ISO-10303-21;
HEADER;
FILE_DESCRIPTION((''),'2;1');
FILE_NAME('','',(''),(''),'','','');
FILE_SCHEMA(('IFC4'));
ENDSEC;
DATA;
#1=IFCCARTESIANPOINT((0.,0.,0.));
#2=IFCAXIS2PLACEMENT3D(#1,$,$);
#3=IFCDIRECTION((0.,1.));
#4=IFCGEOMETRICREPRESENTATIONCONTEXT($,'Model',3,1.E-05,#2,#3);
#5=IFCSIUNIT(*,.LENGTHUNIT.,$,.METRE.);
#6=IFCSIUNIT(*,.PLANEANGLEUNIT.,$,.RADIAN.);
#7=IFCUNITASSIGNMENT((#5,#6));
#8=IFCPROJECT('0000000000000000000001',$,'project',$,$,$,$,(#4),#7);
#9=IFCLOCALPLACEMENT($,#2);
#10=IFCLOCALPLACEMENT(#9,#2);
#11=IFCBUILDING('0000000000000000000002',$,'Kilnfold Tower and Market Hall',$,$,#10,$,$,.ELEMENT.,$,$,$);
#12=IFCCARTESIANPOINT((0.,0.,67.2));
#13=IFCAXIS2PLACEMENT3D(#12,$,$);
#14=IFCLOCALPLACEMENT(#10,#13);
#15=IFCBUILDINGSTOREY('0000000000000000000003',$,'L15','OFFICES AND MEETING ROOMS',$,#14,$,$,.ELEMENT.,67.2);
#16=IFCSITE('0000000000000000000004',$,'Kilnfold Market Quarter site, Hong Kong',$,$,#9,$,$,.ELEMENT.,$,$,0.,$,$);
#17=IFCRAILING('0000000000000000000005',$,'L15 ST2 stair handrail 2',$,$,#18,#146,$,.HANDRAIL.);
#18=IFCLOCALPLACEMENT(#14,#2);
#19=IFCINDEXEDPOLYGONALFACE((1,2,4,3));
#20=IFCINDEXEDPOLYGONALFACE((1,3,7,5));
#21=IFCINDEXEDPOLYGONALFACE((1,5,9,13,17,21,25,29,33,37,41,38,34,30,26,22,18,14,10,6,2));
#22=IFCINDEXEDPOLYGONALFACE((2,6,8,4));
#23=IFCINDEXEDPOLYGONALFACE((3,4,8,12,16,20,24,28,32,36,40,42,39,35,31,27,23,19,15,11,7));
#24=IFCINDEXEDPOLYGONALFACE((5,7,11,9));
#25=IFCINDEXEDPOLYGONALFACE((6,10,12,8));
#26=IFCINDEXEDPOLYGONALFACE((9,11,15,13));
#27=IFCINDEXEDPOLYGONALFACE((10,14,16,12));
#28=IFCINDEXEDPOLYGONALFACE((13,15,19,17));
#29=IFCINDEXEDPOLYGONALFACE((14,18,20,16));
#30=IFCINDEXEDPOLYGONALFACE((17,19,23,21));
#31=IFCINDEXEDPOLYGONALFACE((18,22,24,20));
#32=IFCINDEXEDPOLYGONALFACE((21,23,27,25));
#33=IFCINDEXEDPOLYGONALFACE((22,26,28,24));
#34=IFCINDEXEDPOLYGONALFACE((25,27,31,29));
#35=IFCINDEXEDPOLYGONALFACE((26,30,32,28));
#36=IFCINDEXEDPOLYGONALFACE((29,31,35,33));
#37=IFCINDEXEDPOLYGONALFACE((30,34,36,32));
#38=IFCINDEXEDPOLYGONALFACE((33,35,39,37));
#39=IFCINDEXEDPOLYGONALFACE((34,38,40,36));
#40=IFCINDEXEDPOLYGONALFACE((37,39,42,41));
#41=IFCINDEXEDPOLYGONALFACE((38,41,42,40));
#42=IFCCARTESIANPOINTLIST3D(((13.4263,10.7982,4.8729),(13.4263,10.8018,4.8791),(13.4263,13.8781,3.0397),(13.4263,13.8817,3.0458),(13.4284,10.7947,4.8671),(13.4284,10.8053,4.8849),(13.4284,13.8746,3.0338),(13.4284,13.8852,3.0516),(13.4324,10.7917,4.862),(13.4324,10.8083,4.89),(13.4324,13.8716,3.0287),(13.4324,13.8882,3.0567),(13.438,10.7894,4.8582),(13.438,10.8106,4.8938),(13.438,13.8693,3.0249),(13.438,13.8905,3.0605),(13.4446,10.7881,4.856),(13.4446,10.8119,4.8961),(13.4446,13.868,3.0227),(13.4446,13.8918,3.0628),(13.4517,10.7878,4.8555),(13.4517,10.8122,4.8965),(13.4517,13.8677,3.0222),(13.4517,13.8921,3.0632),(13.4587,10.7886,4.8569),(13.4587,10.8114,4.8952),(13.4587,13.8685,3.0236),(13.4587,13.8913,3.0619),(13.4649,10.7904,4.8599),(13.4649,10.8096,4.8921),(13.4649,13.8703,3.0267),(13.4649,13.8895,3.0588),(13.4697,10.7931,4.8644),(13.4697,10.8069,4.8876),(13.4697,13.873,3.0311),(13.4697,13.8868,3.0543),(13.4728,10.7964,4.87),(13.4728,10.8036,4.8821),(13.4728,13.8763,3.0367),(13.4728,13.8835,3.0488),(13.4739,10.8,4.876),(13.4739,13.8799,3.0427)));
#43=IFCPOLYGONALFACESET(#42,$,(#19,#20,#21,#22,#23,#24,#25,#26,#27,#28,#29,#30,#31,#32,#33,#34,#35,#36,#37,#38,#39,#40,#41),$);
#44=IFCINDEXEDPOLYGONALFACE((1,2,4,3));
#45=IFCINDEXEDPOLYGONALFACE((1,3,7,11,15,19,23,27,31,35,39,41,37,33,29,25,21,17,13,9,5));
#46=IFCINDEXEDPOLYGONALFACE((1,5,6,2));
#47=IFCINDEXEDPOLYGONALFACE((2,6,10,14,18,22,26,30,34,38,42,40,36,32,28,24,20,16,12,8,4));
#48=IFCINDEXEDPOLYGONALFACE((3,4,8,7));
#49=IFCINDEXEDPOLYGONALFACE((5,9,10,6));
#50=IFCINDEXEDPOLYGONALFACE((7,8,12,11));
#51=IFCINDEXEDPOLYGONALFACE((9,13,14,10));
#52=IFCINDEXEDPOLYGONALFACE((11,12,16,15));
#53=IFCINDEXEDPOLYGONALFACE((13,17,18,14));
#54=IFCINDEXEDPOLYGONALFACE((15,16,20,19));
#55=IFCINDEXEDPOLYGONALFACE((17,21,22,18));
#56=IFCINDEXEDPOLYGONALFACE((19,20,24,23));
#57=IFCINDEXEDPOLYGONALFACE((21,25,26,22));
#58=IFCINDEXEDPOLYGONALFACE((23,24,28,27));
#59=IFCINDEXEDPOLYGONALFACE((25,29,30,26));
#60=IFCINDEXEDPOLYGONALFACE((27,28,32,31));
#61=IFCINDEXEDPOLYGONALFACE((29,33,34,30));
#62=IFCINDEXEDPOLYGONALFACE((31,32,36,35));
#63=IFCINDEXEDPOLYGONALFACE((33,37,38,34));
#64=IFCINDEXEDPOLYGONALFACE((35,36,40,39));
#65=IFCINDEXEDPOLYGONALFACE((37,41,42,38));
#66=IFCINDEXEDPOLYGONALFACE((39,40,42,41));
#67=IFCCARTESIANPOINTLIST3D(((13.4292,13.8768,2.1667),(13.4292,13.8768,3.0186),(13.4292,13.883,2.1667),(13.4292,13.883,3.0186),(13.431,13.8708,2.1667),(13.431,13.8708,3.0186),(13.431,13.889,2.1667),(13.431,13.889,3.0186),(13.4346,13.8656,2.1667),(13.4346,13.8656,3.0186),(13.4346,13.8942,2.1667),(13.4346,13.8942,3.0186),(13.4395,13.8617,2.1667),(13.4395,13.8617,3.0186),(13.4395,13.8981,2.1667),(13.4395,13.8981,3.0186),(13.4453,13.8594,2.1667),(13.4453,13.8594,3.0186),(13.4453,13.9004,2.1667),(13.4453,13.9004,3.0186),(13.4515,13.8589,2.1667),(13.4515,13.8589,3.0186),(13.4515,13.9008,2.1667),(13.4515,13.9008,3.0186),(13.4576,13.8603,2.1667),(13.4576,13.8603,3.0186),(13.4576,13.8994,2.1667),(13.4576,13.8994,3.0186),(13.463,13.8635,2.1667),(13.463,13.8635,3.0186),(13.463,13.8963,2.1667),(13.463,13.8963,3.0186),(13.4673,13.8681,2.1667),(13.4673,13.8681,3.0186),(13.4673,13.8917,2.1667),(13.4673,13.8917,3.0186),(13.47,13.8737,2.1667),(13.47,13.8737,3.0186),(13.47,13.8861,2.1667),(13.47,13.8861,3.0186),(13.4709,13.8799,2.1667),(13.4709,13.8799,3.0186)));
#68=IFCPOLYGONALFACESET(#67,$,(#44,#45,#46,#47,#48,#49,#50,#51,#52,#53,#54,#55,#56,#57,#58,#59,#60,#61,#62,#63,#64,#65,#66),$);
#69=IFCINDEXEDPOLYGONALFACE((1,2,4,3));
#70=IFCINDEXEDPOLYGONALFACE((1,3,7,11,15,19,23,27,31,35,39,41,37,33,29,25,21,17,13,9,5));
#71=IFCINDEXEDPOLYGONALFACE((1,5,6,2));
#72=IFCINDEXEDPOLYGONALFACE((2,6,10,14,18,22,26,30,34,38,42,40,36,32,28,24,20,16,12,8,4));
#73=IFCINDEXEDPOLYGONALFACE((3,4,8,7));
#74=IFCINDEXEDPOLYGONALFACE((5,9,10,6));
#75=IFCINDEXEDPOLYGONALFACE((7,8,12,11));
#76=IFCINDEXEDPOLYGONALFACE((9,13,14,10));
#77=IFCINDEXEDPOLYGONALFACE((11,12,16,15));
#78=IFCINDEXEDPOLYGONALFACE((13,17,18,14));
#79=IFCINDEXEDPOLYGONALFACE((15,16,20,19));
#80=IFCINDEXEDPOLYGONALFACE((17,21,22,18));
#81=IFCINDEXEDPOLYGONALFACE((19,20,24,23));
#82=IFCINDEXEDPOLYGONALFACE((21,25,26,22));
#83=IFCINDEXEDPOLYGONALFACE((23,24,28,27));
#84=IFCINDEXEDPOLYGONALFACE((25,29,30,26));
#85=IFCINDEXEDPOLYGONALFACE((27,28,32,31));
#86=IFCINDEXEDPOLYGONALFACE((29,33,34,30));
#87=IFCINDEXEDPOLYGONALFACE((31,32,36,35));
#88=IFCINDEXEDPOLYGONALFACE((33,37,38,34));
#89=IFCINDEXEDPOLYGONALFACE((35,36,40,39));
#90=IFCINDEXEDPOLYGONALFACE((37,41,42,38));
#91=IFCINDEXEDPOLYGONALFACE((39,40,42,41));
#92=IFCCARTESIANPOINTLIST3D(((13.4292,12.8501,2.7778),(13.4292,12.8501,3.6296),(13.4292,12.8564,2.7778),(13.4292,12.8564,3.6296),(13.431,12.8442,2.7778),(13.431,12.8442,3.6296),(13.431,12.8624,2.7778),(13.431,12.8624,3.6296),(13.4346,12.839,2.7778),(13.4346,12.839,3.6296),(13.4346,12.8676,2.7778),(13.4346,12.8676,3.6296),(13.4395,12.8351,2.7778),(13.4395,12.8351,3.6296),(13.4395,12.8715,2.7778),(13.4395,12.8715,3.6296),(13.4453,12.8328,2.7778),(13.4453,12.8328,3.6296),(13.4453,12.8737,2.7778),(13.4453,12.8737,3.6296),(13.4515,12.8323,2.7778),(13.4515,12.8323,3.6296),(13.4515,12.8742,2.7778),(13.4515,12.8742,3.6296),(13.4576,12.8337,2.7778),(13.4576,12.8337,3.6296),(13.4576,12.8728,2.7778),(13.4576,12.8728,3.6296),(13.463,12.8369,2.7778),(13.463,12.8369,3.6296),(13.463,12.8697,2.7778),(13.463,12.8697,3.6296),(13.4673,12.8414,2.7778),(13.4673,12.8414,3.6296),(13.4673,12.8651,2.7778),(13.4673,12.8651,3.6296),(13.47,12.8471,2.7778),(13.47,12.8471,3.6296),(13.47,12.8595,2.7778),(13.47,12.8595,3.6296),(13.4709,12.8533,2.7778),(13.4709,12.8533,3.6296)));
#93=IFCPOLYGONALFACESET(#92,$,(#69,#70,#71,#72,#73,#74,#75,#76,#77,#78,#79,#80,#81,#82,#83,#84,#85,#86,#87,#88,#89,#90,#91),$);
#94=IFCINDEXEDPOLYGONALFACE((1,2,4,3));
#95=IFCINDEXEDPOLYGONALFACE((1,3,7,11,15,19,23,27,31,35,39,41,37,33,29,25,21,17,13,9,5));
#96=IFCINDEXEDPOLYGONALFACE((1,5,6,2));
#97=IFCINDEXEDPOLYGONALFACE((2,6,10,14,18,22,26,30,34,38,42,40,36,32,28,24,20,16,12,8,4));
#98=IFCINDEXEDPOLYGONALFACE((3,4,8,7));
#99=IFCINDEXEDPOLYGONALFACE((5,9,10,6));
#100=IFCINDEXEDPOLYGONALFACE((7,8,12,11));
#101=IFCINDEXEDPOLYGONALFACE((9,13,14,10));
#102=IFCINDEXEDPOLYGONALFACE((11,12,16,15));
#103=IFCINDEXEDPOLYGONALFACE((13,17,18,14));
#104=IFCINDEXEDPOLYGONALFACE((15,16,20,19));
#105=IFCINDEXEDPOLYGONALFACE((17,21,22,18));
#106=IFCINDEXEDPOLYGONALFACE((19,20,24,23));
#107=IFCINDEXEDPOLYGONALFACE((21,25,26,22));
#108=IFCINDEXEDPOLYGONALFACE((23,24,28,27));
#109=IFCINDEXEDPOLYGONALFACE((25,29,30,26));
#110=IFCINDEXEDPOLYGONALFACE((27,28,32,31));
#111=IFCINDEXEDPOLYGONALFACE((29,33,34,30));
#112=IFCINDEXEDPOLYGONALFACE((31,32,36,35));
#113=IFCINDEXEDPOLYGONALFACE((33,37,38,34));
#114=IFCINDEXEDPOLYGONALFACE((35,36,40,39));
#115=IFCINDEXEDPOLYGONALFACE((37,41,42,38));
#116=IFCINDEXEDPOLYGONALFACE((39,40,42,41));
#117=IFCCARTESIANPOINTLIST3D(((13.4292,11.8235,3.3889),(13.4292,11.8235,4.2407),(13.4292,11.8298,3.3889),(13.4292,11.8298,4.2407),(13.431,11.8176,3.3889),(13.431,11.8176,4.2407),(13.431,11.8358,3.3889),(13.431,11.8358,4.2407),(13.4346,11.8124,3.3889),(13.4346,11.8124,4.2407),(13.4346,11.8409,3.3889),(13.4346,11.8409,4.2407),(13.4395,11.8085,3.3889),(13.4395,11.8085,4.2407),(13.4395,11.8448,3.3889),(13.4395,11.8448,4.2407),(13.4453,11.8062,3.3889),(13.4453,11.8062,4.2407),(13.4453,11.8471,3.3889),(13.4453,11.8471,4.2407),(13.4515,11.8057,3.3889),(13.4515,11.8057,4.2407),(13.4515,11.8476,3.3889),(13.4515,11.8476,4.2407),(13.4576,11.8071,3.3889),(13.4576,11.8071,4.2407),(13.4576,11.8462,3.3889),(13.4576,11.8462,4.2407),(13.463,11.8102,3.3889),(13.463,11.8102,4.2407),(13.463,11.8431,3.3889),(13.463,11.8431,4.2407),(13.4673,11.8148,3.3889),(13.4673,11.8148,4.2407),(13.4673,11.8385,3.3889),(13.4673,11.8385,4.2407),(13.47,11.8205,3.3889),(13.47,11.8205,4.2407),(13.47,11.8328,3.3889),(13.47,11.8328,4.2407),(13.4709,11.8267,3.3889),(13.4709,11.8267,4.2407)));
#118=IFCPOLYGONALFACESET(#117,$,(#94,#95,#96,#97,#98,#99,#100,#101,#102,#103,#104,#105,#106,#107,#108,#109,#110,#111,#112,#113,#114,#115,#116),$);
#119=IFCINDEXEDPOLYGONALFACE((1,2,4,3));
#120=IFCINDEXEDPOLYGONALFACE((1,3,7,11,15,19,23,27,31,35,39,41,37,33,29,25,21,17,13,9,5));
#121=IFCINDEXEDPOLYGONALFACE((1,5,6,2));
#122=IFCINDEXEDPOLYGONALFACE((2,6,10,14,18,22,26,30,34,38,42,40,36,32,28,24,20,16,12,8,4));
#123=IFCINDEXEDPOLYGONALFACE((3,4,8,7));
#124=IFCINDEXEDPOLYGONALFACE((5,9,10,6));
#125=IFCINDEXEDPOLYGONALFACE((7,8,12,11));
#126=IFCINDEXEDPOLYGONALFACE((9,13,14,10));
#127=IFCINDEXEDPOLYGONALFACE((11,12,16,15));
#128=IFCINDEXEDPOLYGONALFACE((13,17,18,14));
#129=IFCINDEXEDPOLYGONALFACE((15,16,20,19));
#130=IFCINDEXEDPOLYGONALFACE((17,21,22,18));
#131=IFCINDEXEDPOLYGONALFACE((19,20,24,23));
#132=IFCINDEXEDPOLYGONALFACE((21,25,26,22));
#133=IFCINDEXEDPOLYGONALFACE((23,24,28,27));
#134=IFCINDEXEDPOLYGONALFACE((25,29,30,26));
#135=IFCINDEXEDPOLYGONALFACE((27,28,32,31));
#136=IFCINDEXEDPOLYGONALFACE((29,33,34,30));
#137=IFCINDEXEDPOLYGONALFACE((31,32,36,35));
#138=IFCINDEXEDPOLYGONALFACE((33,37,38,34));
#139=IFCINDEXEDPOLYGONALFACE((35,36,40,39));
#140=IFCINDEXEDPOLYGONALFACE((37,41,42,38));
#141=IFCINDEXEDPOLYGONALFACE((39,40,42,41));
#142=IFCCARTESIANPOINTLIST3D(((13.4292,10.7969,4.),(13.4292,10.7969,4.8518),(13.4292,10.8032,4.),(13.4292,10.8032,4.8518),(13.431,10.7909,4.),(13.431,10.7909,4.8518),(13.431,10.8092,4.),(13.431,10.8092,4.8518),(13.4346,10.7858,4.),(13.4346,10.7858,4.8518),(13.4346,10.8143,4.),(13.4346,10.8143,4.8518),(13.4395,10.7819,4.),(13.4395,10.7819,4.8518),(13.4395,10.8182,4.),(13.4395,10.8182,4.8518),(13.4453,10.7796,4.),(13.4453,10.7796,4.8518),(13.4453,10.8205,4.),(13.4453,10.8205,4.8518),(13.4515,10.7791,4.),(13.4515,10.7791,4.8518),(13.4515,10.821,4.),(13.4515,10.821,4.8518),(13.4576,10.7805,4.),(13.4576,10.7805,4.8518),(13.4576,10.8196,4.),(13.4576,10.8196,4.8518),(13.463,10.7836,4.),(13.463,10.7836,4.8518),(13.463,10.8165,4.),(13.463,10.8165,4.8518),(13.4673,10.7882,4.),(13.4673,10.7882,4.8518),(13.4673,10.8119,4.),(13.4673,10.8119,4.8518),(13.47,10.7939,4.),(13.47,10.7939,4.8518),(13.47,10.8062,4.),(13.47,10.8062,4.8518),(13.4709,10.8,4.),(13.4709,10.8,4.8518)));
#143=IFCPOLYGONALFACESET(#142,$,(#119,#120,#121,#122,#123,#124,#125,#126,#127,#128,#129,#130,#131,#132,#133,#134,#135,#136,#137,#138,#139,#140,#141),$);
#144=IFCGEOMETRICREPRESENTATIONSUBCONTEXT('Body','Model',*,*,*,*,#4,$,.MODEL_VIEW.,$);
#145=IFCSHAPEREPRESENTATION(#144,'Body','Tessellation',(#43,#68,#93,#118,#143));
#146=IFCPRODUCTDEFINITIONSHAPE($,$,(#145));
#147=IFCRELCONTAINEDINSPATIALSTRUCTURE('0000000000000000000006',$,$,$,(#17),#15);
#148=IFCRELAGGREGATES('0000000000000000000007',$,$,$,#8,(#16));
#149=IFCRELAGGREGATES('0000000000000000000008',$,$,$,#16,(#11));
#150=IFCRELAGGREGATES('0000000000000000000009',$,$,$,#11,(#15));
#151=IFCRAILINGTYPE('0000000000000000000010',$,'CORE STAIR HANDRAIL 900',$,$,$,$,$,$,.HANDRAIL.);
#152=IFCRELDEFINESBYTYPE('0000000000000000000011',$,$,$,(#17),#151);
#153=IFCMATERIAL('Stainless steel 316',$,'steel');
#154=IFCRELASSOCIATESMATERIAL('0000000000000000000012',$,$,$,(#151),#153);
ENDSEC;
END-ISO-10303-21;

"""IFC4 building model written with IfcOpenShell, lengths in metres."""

from ifc_helpers import new_model, si_unit, direction, frame, origin, origin_2d, place, context, subcontext, project, spatial, circle, extrude, material, type_object, element, save


model = new_model("IFC4")

# Units and contexts
model_context = context("Model", 3, precision=1e-05, world=origin(), true_north=direction((0.0, 1.0)))
body_context = subcontext(model_context, "Body", "Model", "MODEL_VIEW")
ifc_project = project(units=[si_unit("LENGTHUNIT", "METRE"), si_unit("PLANEANGLEUNIT", "RADIAN")], contexts=[model_context])

# Site, building, storey
site_placement = place(None, origin())
site = spatial("IfcSite", under=ifc_project, at=site_placement, Name="Kilnfold Market Quarter site, Hong Kong", CompositionType="ELEMENT", RefElevation=0.0)
building_placement = place(site_placement, origin())
building = spatial("IfcBuilding", under=site, at=building_placement, Name="Kilnfold Tower and Market Hall", CompositionType="ELEMENT")
storey_placement = place(building_placement, frame((0.0, 0.0, 67.2)))
storey = spatial("IfcBuildingStorey", under=building, at=storey_placement, Name="L15", Description="OFFICES AND MEETING ROOMS", CompositionType="ELEMENT", Elevation=67.2)

# Railing
ifc_material_1 = material(Name="Stainless steel 316", Category="steel")
railing_type_1 = type_object("IfcRailingType", Name="CORE STAIR HANDRAIL 900", PredefinedType="HANDRAIL", material=ifc_material_1)
railing_1_placement = place(storey_placement, frame((13.45, 13.8799, 2.1667)))
element("IfcRailing", 1, at=railing_1_placement, inside=storey, type_object=railing_type_1, Name="L15 ST2 stair handrail 2", PredefinedType="HANDRAIL", context=body_context, shape_type="SweptSolid", body=[
    extrude(circle(Radius=0.0239, at=origin_2d()), frame((0.0, 0.0, 0.876), z_axis=(0.0, -0.859291, 0.511487), x_axis=(1.0, 0.0, 0.0)), (0.0, 0.0, 1.0), 3.5842),
    extrude(circle(Radius=0.021, at=origin_2d()), origin(), (0.0, 0.0, 1.0), 0.8518),
    extrude(circle(Radius=0.021, at=origin_2d()), frame((0.0, -1.0266, 0.6111)), (0.0, 0.0, 1.0), 0.8518),
    extrude(circle(Radius=0.021, at=origin_2d()), frame((0.0, -2.0532, 1.2222)), (0.0, 0.0, 1.0), 0.8518),
    extrude(circle(Radius=0.021, at=origin_2d()), frame((0.0, -3.0798, 1.8333)), (0.0, 0.0, 1.0), 0.8518),
])

save(model, "model.ifc")
